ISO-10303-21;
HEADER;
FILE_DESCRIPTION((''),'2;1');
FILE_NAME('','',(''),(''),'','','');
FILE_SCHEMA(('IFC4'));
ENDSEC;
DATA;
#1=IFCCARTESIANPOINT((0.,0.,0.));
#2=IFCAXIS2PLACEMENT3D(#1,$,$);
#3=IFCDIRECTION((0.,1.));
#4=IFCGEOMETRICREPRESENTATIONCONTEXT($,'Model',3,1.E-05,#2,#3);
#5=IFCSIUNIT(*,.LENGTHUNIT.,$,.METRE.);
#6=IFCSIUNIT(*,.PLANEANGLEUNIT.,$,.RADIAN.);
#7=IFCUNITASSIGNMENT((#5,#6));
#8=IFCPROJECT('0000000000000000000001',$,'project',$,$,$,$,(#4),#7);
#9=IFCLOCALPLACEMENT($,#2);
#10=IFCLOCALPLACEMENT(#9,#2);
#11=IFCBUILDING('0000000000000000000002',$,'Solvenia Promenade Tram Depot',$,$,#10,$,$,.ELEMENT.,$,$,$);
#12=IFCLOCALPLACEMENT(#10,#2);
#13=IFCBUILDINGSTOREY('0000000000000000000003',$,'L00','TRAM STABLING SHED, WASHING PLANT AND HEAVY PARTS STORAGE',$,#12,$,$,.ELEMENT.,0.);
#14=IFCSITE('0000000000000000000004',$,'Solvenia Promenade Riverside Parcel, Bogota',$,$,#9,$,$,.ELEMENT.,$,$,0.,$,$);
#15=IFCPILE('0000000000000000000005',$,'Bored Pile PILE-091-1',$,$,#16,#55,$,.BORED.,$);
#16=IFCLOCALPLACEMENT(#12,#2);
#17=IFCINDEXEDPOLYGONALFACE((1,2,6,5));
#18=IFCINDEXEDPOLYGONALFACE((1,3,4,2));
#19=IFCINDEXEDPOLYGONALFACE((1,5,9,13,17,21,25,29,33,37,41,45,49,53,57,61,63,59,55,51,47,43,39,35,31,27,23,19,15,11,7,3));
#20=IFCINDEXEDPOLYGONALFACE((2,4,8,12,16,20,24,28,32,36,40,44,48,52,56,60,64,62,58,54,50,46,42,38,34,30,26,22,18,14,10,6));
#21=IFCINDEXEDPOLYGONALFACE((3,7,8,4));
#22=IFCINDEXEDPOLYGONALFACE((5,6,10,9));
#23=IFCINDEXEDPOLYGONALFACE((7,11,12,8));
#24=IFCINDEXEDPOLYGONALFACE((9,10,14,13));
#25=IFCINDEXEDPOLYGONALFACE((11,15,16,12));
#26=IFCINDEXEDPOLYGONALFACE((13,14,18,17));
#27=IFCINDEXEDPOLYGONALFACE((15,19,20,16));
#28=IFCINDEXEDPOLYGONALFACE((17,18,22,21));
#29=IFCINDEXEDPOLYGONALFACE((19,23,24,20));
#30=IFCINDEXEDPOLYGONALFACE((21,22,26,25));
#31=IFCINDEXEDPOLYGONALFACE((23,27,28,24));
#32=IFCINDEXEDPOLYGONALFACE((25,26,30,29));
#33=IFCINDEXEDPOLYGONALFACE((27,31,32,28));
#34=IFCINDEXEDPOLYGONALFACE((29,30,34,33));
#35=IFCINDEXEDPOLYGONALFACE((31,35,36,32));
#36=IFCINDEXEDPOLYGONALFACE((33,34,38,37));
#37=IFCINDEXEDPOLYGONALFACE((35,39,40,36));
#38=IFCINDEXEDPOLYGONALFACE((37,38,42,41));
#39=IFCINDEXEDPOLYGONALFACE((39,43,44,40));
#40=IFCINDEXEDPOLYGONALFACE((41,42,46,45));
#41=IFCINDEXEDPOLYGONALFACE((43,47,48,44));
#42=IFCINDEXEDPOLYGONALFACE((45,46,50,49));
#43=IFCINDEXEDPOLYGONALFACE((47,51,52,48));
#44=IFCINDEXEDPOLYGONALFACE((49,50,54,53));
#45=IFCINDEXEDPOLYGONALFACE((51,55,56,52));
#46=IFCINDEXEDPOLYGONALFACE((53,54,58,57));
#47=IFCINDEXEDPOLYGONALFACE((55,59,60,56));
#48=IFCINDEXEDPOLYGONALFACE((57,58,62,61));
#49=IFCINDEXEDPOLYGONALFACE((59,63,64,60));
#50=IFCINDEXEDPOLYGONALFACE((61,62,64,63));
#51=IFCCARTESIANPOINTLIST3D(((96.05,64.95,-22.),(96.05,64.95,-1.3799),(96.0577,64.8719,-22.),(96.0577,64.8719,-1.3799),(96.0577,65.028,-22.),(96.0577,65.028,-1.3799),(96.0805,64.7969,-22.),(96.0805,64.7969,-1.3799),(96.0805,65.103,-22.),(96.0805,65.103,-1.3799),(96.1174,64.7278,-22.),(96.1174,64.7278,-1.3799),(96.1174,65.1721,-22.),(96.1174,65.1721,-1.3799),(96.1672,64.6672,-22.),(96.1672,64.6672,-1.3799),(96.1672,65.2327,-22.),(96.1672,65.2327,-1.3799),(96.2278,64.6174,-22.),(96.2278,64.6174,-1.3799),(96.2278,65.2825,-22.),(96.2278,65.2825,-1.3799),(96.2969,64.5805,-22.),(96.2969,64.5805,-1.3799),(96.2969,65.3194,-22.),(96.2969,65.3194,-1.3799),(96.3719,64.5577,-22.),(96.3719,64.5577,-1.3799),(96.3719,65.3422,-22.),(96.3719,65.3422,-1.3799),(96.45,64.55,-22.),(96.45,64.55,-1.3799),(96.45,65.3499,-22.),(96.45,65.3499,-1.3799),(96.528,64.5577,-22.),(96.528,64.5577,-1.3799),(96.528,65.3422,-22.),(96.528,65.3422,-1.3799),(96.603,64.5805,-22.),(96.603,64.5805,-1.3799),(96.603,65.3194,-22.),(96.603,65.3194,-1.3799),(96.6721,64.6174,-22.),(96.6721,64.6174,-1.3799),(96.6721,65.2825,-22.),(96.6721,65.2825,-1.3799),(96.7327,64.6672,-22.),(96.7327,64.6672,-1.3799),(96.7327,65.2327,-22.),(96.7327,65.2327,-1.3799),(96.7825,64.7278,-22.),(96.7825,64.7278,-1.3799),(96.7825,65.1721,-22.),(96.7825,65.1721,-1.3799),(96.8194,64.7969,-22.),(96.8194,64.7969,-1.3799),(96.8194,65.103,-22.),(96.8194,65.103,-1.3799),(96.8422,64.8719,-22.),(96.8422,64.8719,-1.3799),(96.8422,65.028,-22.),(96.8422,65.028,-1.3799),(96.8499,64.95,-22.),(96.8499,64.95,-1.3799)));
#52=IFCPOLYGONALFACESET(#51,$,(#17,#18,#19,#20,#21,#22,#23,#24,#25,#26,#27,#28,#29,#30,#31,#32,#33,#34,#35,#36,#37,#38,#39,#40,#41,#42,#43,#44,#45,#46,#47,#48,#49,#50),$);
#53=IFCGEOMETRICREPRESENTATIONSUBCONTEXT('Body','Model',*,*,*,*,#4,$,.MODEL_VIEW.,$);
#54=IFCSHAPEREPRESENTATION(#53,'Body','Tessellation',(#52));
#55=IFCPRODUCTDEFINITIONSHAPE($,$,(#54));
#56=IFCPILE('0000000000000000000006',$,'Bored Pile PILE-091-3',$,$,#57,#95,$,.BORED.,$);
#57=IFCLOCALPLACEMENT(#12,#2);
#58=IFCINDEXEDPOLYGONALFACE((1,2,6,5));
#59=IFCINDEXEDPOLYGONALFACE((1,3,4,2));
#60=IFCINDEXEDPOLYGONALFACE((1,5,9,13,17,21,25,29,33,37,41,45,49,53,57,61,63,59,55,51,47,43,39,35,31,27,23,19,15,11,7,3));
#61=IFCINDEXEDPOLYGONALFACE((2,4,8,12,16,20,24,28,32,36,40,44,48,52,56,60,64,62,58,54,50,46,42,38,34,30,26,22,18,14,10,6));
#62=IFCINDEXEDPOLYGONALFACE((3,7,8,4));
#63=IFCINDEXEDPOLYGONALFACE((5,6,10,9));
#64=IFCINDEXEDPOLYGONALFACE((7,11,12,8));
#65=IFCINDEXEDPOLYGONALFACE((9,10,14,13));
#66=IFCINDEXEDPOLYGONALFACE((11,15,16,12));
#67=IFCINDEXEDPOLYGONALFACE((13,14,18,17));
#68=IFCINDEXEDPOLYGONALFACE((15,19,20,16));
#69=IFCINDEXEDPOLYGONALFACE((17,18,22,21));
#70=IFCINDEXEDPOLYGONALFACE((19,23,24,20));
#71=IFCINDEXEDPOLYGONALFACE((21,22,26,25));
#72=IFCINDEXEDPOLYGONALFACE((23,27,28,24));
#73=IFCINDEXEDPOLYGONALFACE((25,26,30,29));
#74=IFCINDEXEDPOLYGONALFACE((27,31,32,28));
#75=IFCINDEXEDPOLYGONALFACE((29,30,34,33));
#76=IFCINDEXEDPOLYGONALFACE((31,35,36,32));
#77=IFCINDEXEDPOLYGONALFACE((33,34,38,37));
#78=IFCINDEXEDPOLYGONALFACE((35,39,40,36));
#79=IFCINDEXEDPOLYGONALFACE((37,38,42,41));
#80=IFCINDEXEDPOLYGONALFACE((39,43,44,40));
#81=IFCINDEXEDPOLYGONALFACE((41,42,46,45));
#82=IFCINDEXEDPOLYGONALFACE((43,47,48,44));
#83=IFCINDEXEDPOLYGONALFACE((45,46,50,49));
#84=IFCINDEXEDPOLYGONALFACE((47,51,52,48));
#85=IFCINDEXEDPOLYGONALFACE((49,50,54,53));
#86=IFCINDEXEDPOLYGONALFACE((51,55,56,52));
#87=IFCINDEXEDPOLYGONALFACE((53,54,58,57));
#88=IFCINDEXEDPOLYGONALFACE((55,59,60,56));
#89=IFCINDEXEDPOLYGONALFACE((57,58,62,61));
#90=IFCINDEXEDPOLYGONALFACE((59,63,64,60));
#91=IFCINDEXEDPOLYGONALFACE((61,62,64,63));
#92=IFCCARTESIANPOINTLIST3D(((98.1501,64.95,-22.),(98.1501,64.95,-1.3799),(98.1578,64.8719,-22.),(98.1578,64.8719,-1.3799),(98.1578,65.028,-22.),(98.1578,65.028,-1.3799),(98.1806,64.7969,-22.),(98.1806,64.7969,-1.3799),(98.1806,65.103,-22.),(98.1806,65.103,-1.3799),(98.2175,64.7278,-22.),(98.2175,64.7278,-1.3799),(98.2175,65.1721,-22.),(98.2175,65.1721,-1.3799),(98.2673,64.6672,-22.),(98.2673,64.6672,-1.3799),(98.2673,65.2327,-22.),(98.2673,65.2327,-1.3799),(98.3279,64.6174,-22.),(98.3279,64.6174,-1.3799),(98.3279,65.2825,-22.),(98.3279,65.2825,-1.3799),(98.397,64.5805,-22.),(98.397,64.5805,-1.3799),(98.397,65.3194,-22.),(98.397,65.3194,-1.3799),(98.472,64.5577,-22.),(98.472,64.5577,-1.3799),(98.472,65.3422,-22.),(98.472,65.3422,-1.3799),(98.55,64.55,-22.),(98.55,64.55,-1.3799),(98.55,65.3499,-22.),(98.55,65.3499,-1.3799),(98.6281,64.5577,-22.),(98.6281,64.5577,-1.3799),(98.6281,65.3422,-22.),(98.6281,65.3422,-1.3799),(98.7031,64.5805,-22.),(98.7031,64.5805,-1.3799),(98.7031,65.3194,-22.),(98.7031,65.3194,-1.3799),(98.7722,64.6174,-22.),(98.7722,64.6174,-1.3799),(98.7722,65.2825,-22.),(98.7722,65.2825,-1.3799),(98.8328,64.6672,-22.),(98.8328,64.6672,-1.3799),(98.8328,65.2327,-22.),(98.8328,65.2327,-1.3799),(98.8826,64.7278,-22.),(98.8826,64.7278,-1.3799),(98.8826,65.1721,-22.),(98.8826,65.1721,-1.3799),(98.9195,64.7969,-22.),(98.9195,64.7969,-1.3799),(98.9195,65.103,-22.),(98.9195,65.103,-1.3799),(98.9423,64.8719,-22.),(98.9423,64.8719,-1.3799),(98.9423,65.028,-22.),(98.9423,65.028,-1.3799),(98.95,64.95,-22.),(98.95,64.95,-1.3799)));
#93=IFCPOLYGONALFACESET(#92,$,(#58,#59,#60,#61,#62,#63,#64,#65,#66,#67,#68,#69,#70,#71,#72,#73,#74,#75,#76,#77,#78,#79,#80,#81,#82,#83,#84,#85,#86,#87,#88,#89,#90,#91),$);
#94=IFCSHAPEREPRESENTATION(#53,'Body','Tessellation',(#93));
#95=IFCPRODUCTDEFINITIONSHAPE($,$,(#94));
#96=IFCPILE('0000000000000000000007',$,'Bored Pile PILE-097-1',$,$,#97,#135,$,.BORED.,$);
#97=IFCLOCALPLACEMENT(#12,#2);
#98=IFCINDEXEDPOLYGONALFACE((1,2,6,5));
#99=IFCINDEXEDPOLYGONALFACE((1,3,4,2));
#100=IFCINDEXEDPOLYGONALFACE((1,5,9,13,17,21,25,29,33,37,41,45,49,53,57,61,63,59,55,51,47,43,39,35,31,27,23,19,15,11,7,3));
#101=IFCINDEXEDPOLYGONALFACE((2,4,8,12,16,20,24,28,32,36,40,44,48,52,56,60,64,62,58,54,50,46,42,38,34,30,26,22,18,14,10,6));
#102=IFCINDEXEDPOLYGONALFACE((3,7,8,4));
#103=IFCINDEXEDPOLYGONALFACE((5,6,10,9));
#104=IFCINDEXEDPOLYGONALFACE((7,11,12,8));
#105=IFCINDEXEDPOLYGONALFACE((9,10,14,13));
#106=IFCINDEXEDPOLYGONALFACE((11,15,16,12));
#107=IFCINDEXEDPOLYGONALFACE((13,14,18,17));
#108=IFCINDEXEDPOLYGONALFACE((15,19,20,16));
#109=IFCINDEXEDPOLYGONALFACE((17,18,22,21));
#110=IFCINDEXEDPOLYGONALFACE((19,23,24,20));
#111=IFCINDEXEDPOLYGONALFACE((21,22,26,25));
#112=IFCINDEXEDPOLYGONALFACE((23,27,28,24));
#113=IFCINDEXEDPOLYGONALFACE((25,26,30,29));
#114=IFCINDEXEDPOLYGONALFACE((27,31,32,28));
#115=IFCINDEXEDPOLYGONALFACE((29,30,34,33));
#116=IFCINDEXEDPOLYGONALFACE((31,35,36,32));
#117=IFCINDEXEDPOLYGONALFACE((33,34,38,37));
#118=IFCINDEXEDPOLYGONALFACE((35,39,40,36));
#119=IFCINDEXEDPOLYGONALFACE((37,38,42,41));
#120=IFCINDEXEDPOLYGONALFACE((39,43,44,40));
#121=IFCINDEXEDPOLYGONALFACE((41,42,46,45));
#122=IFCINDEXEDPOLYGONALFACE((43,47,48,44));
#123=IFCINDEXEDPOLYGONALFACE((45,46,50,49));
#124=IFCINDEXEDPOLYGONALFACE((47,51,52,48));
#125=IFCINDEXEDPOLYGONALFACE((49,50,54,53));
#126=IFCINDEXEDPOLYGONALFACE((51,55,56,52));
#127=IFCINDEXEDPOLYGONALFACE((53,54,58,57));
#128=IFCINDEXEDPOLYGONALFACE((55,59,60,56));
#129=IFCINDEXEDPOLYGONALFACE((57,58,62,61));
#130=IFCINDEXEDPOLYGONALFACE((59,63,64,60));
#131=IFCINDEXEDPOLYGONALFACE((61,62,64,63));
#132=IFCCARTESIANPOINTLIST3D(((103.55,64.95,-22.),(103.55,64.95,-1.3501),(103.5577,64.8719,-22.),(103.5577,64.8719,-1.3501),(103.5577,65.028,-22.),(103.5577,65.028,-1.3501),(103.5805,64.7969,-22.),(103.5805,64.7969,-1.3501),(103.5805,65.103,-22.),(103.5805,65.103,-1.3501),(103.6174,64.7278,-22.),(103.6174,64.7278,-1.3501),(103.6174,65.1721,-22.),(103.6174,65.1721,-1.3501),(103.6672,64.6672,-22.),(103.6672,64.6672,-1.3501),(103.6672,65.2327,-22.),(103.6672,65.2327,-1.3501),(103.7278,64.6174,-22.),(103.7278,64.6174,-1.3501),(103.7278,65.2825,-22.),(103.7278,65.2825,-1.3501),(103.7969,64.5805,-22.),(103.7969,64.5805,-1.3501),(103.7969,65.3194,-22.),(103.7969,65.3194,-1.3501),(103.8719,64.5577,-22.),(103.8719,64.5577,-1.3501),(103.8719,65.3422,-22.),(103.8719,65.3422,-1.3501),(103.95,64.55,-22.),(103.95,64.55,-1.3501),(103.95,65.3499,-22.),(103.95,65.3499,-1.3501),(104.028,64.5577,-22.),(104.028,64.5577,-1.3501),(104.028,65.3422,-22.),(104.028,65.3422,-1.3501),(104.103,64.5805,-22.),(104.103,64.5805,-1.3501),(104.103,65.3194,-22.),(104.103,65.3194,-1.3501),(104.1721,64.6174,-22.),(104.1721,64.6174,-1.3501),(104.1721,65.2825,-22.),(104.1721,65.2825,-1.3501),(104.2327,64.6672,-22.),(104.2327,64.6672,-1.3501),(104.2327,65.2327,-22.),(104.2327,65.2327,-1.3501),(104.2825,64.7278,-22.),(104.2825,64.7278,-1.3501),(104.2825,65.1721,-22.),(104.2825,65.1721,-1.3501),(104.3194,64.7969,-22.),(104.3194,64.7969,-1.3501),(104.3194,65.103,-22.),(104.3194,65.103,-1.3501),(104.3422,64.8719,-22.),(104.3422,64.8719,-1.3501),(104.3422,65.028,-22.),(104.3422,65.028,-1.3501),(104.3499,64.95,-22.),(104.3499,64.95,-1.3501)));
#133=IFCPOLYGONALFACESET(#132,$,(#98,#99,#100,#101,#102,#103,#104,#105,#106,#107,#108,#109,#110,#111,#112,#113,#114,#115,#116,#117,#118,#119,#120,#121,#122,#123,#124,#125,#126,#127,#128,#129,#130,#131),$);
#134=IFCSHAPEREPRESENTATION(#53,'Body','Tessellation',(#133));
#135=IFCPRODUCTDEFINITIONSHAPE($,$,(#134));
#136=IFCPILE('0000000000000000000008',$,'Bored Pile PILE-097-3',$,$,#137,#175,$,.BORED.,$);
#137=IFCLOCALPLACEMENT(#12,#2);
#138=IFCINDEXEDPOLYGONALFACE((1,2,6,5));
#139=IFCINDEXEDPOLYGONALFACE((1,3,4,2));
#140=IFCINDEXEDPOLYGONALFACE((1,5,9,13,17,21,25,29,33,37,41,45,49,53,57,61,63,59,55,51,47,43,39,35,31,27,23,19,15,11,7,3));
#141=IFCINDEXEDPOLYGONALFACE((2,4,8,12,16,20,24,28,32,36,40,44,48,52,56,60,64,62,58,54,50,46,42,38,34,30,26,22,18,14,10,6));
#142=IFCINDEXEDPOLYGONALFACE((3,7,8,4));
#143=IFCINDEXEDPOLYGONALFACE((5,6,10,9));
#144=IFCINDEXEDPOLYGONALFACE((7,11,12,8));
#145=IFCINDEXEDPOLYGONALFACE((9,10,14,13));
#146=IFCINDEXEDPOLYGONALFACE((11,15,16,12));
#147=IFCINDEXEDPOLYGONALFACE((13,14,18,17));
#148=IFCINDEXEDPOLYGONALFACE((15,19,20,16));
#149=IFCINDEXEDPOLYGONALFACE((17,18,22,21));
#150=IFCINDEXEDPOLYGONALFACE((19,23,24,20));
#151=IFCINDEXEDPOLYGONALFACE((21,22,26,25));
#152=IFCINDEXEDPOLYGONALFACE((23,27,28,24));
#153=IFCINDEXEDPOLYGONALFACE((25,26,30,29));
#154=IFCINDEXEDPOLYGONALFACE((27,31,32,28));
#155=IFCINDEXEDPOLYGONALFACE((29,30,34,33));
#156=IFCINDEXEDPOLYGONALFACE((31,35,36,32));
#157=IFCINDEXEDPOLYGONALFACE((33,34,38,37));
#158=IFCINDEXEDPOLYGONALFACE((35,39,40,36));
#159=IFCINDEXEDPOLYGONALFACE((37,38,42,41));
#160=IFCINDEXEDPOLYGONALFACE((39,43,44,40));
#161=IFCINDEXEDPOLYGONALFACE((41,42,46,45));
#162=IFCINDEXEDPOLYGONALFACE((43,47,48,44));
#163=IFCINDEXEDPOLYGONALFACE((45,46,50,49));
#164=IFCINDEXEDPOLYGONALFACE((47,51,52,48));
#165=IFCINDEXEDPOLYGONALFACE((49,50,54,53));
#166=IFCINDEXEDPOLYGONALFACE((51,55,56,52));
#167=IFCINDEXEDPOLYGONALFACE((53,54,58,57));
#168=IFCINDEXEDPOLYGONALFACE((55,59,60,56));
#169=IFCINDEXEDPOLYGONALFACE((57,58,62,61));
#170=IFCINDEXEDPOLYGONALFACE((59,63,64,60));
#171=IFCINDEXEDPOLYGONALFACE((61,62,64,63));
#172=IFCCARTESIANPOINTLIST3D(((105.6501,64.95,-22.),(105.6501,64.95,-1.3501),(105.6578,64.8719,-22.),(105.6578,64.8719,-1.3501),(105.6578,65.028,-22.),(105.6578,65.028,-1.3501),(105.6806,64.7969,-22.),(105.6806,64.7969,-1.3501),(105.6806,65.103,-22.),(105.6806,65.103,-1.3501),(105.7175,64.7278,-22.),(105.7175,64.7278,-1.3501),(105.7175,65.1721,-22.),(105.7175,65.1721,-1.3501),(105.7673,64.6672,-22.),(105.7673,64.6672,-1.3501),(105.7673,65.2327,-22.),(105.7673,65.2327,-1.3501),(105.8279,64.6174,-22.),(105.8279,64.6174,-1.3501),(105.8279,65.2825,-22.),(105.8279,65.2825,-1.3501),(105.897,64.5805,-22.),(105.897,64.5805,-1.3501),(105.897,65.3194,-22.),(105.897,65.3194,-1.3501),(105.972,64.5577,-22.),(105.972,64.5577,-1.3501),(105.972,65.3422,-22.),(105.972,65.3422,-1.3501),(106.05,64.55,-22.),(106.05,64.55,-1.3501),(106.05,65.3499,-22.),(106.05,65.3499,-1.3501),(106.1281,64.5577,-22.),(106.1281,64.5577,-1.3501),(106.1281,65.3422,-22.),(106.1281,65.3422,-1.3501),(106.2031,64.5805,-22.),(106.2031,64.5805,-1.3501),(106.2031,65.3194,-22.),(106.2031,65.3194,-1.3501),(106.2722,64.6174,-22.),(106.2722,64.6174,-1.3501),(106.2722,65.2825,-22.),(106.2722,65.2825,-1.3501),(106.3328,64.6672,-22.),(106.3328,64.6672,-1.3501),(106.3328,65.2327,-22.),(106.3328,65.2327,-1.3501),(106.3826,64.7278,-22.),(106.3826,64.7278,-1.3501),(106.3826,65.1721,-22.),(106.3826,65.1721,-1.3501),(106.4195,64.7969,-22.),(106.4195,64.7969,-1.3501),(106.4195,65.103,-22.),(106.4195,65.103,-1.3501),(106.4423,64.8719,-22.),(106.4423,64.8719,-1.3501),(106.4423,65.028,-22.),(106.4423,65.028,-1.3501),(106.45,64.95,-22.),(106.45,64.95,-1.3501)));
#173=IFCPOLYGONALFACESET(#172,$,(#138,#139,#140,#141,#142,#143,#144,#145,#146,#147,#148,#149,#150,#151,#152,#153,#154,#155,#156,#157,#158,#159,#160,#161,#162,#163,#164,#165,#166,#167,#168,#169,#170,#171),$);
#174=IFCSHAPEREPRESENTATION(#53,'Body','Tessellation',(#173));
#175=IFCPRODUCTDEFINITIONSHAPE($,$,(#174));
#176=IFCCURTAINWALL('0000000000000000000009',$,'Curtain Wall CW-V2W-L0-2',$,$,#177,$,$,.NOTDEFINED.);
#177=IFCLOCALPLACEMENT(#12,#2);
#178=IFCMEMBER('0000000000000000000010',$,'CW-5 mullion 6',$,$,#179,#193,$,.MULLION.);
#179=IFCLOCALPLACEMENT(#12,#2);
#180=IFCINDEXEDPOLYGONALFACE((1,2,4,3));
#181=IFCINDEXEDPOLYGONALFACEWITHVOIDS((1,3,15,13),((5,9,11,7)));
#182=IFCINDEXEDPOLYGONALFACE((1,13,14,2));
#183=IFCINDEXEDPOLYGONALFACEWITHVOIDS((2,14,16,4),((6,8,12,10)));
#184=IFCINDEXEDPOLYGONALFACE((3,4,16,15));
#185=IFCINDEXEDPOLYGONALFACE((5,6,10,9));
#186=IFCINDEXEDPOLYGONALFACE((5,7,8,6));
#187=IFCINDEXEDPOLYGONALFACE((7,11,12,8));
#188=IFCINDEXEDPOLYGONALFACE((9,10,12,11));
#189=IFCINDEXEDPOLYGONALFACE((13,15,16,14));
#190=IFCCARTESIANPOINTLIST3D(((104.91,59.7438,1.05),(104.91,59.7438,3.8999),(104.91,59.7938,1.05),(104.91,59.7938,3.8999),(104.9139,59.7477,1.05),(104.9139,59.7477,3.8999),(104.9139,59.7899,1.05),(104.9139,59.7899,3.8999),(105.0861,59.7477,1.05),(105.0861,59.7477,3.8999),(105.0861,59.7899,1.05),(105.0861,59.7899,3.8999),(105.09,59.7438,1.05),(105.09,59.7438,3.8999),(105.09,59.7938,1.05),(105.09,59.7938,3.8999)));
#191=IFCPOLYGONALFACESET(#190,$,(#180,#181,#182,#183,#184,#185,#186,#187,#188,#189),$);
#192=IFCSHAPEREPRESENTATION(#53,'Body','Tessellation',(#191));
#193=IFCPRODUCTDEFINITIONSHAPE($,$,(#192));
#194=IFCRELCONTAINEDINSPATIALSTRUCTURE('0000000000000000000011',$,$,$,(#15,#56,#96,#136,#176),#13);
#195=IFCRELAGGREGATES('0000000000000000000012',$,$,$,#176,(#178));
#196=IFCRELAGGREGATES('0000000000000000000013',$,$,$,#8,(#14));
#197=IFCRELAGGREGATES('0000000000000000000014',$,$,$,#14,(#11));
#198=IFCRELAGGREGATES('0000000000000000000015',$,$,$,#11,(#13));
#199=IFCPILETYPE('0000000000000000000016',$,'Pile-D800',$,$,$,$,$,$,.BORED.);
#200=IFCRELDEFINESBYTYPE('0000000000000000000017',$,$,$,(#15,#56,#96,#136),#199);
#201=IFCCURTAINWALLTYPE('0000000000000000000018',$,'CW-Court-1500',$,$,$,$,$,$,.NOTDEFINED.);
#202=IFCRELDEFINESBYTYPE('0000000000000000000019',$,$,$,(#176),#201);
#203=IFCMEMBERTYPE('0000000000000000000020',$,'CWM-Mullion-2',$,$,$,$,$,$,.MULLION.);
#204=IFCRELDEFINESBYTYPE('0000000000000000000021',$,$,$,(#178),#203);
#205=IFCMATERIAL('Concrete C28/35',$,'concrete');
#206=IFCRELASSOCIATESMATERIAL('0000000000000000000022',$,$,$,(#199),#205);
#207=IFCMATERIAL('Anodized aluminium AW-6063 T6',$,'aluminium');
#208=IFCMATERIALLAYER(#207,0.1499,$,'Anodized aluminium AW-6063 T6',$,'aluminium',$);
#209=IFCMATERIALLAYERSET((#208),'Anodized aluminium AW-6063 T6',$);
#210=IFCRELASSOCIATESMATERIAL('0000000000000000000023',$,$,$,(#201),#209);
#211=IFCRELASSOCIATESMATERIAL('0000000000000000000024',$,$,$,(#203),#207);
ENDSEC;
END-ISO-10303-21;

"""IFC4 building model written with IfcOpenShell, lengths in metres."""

from ifc_helpers import new_model, si_unit, direction, frame, origin, origin_2d, place, context, subcontext, project, spatial, hollow_rectangle, circle, extrude, material, layer, layer_set, material_profile, profile_set, type_object, element, aggregate, save


model = new_model("IFC4")

# Units and contexts
model_context = context("Model", 3, precision=1e-05, world=origin(), true_north=direction((0.0, 1.0)))
body_context = subcontext(model_context, "Body", "Model", "MODEL_VIEW")
ifc_project = project(units=[si_unit("LENGTHUNIT", "METRE"), si_unit("PLANEANGLEUNIT", "RADIAN")], contexts=[model_context])

# Site, building, storey
site_placement = place(None, origin())
site = spatial("IfcSite", under=ifc_project, at=site_placement, Name="Solvenia Promenade Riverside Parcel, Bogota", CompositionType="ELEMENT", RefElevation=0.0)
building_placement = place(site_placement, origin())
building = spatial("IfcBuilding", under=site, at=building_placement, Name="Solvenia Promenade Tram Depot", CompositionType="ELEMENT")
storey_placement = place(building_placement, origin())
storey = spatial("IfcBuildingStorey", under=building, at=storey_placement, Name="L00", Description="TRAM STABLING SHED, WASHING PLANT AND HEAVY PARTS STORAGE", CompositionType="ELEMENT", Elevation=0.0)

# Piles
ifc_material_1 = material(Name="Concrete C28/35", Category="concrete")
ifc_material_profile_1 = material_profile(ifc_material_1, circle(Radius=0.3999, at=origin_2d()), Name="D800", Category="concrete")
ifc_profile_set_1 = profile_set([ifc_material_profile_1], Name="Concrete C28/35")
pile_type = type_object("IfcPileType", Name="Pile-D800", PredefinedType="BORED", material=ifc_profile_set_1)
for number, where, z_axis, x_axis, name in (
    (1, (96.45, 64.95, -1.3799), (0.0, 0.0, -1.0), (1.0, 0.0, 0.0), "Bored Pile PILE-091-1"),
    (2, (98.55, 64.95, -1.3799), (0.0, 0.0, -1.0), (1.0, 0.0, 0.0), "Bored Pile PILE-091-3"),
):
    element("IfcPile", number, at=place(storey_placement, frame(where, z_axis=z_axis, x_axis=x_axis)), inside=storey, type_object=pile_type, Name=name, PredefinedType="BORED", context=body_context, shape_type="SweptSolid", body=[
        extrude(circle(Radius=0.3999, at=origin_2d()), origin(), (0.0, 0.0, 1.0), 20.6201),
    ])
for number, where, z_axis, x_axis, name in (
    (3, (103.95, 64.95, -1.3501), (0.0, 0.0, -1.0), (1.0, 0.0, 0.0), "Bored Pile PILE-097-1"),
    (4, (106.05, 64.95, -1.3501), (0.0, 0.0, -1.0), (1.0, 0.0, 0.0), "Bored Pile PILE-097-3"),
):
    element("IfcPile", number, at=place(storey_placement, frame(where, z_axis=z_axis, x_axis=x_axis)), inside=storey, type_object=pile_type, Name=name, PredefinedType="BORED", context=body_context, shape_type="SweptSolid", body=[
        extrude(circle(Radius=0.3999, at=origin_2d()), origin(), (0.0, 0.0, 1.0), 20.6499),
    ])

# Curtain wall, member
ifc_material_2 = material(Name="Anodized aluminium AW-6063 T6", Category="aluminium")
ifc_layer_1 = layer(ifc_material_2, 0.1499, Name="Anodized aluminium AW-6063 T6", Category="aluminium")
ifc_layer_set_1 = layer_set([ifc_layer_1], Name="Anodized aluminium AW-6063 T6")
curtain_wall_type = type_object("IfcCurtainWallType", Name="CW-Court-1500", PredefinedType="NOTDEFINED", material=ifc_layer_set_1)
curtain_wall_placement = place(storey_placement, origin())
curtain_wall = element("IfcCurtainWall", 5, at=curtain_wall_placement, inside=storey, type_object=curtain_wall_type, Name="Curtain Wall CW-V2W-L0-2", PredefinedType="NOTDEFINED")
ifc_material_profile_2 = material_profile(ifc_material_2, hollow_rectangle(XDim=0.1799, YDim=0.05, WallThickness=0.0039, at=origin_2d()), Name="ALU-M2", Category="aluminium")
ifc_profile_set_2 = profile_set([ifc_material_profile_2], Name="Anodized aluminium AW-6063 T6")
member_type_1 = type_object("IfcMemberType", Name="CWM-Mullion-2", PredefinedType="MULLION", material=ifc_profile_set_2)
member_1_placement = place(storey_placement, frame((105.0, 59.7688, 1.05), z_axis=(0.0, 0.0, 1.0), x_axis=(-1.0, 0.0, 0.0)))
member_1 = element("IfcMember", 6, at=member_1_placement, type_object=member_type_1, Name="CW-5 mullion 6", PredefinedType="MULLION", context=body_context, shape_type="SweptSolid", body=[
    extrude(hollow_rectangle(XDim=0.1799, YDim=0.05, WallThickness=0.0039, at=origin_2d()), origin(), (0.0, 0.0, 1.0), 2.8499),
])
aggregate(curtain_wall, [member_1])

save(model, "model.ifc")
